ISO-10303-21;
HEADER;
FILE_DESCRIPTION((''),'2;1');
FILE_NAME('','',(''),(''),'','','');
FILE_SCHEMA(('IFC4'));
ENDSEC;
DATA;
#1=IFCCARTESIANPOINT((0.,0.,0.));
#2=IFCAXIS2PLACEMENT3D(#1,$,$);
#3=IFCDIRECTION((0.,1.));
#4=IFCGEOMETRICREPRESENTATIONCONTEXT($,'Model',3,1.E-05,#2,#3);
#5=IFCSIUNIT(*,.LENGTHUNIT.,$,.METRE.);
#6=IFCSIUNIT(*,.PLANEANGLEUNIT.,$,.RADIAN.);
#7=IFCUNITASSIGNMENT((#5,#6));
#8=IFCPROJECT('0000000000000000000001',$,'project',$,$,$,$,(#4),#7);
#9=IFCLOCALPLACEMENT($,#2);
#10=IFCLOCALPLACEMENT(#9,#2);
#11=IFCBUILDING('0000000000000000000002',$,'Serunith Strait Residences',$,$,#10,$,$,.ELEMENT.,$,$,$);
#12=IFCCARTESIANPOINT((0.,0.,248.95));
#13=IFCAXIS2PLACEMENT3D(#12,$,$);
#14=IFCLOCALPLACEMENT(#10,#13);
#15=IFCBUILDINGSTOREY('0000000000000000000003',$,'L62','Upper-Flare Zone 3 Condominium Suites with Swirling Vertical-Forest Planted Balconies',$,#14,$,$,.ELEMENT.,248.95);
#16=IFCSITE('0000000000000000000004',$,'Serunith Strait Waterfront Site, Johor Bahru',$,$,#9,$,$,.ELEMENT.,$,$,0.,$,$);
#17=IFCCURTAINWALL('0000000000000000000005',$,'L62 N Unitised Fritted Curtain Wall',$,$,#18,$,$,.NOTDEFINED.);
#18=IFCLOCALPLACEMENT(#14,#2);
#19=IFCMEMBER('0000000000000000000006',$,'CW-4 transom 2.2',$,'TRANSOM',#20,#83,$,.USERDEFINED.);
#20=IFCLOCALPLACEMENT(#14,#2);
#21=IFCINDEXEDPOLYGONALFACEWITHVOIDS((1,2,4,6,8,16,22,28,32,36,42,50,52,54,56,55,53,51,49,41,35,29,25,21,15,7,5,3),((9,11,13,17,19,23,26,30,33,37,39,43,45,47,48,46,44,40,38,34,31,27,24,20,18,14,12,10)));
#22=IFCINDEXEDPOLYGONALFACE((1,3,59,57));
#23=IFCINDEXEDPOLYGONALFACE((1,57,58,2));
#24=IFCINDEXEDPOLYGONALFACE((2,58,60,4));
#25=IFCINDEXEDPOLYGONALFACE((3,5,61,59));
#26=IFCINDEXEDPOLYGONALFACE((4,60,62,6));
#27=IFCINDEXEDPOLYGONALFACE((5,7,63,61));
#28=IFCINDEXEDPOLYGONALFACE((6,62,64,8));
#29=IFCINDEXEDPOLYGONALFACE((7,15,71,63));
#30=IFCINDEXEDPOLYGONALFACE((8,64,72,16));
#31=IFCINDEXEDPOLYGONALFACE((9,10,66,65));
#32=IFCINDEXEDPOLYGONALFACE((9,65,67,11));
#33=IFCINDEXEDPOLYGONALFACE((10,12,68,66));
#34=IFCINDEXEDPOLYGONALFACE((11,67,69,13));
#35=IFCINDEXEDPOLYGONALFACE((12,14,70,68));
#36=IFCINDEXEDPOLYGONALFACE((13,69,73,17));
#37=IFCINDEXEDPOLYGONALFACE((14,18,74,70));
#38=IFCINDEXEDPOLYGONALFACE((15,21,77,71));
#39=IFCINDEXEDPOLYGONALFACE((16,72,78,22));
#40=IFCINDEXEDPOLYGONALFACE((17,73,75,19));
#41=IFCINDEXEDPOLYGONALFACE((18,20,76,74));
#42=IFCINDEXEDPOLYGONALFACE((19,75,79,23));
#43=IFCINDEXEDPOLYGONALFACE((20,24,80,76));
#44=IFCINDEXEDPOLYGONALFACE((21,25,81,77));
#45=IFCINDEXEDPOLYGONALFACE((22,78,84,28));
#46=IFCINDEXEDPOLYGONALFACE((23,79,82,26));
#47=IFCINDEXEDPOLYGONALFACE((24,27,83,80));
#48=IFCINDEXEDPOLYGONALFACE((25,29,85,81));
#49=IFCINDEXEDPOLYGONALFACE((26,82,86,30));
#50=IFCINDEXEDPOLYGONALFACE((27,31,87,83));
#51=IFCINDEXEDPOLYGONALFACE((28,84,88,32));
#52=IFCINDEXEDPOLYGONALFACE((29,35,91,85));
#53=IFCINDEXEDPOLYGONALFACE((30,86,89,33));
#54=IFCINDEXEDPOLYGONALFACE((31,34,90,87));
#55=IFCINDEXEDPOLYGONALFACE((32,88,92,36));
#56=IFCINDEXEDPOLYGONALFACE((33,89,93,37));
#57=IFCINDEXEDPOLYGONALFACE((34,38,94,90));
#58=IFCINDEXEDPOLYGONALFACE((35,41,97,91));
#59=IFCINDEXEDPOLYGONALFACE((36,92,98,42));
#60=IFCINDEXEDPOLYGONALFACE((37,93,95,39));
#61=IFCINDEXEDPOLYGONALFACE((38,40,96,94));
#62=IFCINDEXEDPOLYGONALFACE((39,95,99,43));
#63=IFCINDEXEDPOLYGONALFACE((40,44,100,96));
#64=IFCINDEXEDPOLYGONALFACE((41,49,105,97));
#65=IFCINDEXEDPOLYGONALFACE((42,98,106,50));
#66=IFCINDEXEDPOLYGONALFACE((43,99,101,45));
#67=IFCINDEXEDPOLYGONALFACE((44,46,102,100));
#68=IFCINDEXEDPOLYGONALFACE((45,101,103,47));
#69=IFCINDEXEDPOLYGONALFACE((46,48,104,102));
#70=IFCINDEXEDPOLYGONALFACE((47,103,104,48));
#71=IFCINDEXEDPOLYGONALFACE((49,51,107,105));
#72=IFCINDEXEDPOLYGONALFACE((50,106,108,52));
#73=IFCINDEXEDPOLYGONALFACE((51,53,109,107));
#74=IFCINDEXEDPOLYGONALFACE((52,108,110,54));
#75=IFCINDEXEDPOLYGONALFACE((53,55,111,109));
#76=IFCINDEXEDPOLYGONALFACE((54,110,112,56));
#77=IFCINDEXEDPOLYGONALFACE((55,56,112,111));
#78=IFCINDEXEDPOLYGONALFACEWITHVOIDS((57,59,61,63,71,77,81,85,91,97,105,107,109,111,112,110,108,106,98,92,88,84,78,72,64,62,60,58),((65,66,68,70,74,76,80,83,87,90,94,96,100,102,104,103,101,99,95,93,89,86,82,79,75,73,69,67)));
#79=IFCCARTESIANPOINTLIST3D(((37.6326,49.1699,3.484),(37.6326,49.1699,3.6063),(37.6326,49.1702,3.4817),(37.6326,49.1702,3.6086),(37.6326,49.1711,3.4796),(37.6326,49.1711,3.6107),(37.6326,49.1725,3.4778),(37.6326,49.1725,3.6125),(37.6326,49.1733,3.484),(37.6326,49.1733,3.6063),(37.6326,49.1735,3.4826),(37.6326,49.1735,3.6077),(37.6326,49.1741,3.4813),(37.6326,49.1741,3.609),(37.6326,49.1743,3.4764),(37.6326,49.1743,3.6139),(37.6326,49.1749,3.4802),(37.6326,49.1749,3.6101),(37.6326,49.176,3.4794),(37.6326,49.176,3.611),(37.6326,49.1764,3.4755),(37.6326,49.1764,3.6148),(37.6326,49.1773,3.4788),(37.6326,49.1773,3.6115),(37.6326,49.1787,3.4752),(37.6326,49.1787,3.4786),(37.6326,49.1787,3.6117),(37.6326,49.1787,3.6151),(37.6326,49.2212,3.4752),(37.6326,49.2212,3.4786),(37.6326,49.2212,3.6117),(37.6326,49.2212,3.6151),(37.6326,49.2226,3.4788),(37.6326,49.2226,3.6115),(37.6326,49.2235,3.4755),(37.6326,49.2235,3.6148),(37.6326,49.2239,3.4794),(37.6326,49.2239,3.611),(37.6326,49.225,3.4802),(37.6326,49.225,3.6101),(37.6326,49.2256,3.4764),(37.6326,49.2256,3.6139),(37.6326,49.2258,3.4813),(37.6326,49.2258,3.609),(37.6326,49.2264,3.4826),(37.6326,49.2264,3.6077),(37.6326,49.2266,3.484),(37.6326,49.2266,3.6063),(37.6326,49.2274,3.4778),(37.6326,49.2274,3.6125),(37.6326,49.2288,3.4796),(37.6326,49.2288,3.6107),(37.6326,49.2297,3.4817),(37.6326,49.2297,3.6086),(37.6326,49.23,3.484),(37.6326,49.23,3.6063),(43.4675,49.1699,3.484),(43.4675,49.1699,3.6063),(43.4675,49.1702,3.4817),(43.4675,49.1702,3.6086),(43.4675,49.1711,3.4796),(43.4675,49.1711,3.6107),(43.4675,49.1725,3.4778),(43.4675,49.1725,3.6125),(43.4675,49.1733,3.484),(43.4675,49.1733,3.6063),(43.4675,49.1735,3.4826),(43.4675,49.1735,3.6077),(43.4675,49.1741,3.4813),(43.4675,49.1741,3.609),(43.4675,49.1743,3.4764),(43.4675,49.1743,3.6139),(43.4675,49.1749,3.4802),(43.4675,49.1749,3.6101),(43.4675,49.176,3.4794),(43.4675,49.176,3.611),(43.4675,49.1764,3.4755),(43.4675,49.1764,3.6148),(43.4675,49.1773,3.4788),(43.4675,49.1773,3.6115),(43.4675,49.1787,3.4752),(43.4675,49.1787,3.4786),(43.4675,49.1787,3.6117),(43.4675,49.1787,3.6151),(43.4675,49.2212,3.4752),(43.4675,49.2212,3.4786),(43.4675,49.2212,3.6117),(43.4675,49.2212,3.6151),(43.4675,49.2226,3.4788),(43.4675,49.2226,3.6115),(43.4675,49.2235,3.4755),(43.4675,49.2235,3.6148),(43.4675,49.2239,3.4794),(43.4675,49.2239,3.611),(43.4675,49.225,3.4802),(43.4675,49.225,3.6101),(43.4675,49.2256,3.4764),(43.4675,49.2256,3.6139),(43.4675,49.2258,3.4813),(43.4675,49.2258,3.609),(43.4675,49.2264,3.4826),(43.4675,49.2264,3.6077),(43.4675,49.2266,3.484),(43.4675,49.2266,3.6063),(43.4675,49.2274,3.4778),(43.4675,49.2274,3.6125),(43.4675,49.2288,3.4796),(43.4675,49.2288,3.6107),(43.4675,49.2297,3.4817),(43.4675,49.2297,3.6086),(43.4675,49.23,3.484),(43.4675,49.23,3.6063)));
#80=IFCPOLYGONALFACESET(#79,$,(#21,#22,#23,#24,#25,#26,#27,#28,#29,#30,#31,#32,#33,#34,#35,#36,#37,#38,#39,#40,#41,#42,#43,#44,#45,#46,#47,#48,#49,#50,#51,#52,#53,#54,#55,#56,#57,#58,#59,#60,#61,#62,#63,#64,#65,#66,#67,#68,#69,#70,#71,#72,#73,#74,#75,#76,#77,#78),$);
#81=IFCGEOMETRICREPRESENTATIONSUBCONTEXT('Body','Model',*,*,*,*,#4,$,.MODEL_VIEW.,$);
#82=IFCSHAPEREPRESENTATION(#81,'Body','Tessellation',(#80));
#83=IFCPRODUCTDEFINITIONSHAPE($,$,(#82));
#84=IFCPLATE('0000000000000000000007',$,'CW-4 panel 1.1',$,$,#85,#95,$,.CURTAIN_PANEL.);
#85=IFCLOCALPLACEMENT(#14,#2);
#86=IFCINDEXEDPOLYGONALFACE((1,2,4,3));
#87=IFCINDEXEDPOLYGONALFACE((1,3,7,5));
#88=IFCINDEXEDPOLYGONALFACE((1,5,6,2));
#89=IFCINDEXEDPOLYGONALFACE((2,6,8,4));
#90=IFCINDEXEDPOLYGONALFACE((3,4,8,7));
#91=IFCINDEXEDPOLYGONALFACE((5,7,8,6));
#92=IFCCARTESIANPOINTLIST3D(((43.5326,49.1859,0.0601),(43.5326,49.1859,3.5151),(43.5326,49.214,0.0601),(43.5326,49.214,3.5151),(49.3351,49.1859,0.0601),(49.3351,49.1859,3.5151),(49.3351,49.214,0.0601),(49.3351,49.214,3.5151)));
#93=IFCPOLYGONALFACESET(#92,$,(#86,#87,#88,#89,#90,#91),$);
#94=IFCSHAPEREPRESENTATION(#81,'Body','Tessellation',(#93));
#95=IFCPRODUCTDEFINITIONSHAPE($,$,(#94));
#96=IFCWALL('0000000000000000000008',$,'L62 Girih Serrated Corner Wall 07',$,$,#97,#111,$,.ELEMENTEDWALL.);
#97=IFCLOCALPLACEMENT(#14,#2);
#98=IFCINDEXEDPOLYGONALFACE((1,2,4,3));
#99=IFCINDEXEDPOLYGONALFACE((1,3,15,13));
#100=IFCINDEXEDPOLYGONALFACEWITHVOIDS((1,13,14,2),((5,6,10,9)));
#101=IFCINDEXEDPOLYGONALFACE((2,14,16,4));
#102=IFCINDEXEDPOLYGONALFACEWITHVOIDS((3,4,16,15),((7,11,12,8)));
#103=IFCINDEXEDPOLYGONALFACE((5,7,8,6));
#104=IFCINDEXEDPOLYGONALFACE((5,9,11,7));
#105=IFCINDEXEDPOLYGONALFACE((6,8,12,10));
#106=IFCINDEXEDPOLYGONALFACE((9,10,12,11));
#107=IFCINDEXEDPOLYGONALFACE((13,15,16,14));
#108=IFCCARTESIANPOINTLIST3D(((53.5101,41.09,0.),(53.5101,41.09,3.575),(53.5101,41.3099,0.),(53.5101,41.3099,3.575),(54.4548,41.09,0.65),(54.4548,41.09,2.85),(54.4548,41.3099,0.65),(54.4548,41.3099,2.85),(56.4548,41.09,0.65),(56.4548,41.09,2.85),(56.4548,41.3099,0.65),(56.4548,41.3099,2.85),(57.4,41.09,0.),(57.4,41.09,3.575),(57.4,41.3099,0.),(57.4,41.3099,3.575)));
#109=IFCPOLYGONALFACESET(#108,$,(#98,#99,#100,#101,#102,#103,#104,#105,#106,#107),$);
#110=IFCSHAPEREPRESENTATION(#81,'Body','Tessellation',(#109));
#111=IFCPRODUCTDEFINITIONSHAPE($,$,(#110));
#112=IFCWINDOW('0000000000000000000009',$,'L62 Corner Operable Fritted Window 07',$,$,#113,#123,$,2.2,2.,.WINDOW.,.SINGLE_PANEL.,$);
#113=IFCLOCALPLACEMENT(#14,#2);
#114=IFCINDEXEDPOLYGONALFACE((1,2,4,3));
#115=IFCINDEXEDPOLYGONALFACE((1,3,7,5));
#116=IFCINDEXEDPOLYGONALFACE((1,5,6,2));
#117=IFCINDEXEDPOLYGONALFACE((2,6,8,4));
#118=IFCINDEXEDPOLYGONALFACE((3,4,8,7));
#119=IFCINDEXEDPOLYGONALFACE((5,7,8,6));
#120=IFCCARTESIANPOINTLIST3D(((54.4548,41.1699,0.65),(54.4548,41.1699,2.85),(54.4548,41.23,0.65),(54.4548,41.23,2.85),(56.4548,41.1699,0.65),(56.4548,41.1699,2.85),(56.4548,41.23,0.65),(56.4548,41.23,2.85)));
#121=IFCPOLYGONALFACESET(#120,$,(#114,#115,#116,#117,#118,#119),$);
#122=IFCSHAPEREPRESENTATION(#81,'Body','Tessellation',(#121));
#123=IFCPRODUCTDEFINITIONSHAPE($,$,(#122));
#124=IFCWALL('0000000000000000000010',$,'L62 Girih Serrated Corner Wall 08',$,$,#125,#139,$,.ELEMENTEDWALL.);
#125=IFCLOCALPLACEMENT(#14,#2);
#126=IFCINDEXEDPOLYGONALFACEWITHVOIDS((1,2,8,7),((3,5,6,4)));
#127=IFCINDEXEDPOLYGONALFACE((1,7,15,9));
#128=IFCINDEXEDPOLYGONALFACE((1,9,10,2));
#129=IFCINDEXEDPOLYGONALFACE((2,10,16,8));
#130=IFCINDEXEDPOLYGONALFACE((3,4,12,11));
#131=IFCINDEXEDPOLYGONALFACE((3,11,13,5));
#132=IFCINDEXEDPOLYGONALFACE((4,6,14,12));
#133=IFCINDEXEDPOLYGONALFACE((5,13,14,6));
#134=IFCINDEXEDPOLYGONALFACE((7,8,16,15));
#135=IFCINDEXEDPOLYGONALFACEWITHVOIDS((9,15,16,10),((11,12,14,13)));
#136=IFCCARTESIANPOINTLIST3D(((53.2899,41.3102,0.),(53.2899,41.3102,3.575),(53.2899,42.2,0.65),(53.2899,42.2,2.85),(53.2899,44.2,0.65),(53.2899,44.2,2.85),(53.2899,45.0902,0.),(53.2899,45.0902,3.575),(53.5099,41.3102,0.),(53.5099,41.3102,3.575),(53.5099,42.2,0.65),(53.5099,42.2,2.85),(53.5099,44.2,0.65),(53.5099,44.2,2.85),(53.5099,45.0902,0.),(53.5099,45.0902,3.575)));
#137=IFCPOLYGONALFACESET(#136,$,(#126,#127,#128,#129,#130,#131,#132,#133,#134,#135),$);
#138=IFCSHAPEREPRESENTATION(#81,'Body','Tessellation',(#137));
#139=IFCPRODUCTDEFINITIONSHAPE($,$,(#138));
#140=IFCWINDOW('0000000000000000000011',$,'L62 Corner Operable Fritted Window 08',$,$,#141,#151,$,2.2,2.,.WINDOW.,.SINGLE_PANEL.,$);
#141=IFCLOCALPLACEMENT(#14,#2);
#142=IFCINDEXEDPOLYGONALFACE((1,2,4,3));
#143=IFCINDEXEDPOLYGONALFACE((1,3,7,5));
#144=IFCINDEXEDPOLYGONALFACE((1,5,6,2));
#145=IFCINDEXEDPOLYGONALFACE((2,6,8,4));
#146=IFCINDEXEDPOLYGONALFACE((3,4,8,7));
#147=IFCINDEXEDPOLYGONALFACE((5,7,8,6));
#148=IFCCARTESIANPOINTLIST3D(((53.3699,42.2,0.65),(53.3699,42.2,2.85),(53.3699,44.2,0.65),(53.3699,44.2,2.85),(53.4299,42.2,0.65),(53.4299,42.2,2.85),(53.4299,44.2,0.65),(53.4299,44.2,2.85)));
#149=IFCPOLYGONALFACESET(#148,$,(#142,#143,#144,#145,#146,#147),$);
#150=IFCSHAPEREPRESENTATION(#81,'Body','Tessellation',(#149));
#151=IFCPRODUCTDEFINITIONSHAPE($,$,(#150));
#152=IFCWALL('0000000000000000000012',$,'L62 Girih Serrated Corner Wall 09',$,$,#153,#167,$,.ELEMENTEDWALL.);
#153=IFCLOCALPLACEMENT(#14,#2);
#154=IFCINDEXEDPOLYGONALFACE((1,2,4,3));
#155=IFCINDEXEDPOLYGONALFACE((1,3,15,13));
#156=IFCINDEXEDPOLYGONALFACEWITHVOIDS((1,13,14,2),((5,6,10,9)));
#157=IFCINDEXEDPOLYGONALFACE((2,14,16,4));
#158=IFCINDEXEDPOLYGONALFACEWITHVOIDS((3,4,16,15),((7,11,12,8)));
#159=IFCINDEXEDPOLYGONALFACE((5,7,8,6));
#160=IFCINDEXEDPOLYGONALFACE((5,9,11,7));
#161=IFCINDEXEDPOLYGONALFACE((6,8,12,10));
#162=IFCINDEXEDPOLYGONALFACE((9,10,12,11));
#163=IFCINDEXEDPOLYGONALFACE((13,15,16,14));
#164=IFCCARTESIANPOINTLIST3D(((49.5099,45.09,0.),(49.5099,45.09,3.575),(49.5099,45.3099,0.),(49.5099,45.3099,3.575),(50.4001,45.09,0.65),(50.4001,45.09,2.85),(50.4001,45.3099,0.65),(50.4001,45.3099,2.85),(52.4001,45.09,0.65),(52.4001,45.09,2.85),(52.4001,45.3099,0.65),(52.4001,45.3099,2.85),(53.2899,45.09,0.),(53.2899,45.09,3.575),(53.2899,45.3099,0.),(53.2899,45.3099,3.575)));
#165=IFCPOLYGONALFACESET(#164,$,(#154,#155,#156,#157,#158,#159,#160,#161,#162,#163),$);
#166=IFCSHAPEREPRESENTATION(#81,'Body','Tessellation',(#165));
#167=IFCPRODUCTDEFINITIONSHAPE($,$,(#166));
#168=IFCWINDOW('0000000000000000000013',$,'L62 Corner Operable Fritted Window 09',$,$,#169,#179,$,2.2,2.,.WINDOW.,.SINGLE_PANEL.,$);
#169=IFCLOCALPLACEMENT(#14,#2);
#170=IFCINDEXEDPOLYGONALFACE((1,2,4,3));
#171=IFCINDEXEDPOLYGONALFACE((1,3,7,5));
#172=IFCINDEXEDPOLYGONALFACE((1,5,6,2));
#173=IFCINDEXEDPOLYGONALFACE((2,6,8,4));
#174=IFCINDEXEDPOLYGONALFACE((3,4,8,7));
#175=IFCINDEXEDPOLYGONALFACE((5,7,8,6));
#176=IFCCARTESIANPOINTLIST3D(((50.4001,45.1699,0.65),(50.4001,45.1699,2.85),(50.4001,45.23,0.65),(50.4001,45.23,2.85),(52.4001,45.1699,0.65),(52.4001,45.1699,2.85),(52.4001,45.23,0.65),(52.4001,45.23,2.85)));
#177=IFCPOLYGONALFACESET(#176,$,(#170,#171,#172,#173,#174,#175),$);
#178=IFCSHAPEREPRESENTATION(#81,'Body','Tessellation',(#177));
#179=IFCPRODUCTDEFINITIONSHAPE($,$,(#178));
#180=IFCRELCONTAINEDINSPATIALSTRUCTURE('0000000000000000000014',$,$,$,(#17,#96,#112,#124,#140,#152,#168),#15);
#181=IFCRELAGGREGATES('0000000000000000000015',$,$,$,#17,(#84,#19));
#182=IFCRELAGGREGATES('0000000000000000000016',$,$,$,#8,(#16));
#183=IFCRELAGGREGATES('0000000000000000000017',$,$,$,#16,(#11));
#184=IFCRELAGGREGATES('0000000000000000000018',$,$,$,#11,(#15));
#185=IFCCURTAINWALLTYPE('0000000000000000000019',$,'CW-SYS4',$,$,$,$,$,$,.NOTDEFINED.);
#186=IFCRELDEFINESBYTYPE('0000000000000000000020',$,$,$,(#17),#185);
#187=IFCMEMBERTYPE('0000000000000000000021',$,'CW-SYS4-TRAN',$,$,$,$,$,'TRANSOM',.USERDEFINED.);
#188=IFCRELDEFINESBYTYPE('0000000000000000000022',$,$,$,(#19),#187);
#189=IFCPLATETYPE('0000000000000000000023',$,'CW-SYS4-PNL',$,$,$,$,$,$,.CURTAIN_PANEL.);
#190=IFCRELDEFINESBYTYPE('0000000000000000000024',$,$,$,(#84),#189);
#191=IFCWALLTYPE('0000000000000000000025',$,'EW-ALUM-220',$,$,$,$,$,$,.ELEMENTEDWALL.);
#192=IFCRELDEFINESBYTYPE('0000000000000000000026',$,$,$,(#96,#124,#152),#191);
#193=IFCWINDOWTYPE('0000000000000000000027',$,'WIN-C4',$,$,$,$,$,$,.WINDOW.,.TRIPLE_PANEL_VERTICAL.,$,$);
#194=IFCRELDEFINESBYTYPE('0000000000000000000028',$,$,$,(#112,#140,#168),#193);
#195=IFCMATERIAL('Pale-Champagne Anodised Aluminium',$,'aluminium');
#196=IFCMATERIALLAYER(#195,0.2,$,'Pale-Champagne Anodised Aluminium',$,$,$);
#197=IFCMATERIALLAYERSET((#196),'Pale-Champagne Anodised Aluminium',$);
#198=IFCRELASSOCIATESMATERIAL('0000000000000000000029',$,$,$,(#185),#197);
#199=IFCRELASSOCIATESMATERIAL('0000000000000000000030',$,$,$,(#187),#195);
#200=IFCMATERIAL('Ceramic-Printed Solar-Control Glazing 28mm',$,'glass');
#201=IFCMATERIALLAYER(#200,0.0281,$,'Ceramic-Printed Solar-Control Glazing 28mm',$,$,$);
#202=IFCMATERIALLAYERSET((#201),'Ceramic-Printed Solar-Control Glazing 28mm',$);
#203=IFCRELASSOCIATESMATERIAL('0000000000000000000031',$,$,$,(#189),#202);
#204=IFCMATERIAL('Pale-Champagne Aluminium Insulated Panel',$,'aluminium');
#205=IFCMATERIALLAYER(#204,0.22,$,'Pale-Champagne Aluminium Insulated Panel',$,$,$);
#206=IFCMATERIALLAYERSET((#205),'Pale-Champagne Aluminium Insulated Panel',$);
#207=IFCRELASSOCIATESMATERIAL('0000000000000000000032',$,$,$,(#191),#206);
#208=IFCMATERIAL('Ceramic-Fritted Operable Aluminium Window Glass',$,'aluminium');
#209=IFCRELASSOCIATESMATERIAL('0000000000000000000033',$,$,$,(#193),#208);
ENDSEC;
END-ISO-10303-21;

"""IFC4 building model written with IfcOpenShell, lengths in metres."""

from ifc_helpers import new_model, si_unit, direction, frame, frame_2d, origin, origin_2d, place, context, subcontext, project, spatial, rectangle, hollow_rectangle, extrude, source, transform, mapped, material, layer, layer_set, material_profile, profile_set, type_object, element, fill, aggregate, save


model = new_model("IFC4")

# Units and contexts
model_context = context("Model", 3, precision=1e-05, world=origin(), true_north=direction((0.0, 1.0)))
body_context = subcontext(model_context, "Body", "Model", "MODEL_VIEW")
ifc_project = project(units=[si_unit("LENGTHUNIT", "METRE"), si_unit("PLANEANGLEUNIT", "RADIAN")], contexts=[model_context])

# Site, building, storey
site_placement = place(None, origin())
site = spatial("IfcSite", under=ifc_project, at=site_placement, Name="Serunith Strait Waterfront Site, Johor Bahru", CompositionType="ELEMENT", RefElevation=0.0)
building_placement = place(site_placement, origin())
building = spatial("IfcBuilding", under=site, at=building_placement, Name="Serunith Strait Residences", CompositionType="ELEMENT")
storey_placement = place(building_placement, frame((0.0, 0.0, 248.95)))
storey = spatial("IfcBuildingStorey", under=building, at=storey_placement, Name="L62", Description="Upper-Flare Zone 3 Condominium Suites with Swirling Vertical-Forest Planted Balconies", CompositionType="ELEMENT", Elevation=248.95)

# Shared definitions
ifc_material_1 = material(Name="Pale-Champagne Anodised Aluminium", Category="aluminium")
ifc_layer_1 = layer(ifc_material_1, 0.2, Name="Pale-Champagne Anodised Aluminium")
ifc_layer_set_1 = layer_set([ifc_layer_1], Name="Pale-Champagne Anodised Aluminium")
curtain_wall_type = type_object("IfcCurtainWallType", Name="CW-SYS4", PredefinedType="NOTDEFINED", material=ifc_layer_set_1)

# Curtain wall, member, plate
curtain_wall_1_placement = place(storey_placement, origin())
curtain_wall_1 = element("IfcCurtainWall", 1, at=curtain_wall_1_placement, inside=storey, type_object=curtain_wall_type, Name="L62 N Unitised Fritted Curtain Wall", PredefinedType="NOTDEFINED")
ifc_material_profile_1 = material_profile(ifc_material_1, hollow_rectangle(XDim=0.0601, YDim=0.1399, WallThickness=0.0034, InnerFilletRadius=0.0054, OuterFilletRadius=0.0088, at=origin_2d()), Name="ALU 140x60x3.5")
ifc_profile_set_1 = profile_set([ifc_material_profile_1], Name="Pale-Champagne Anodised Aluminium")
member_type_1 = type_object("IfcMemberType", Name="CW-SYS4-TRAN", ElementType="TRANSOM", PredefinedType="USERDEFINED", material=ifc_profile_set_1)
shared_shape_1 = source(origin(), body_context, "Body", "SweptSolid", [
    extrude(hollow_rectangle(XDim=0.0601, YDim=0.1399, WallThickness=0.0034, InnerFilletRadius=0.0054, OuterFilletRadius=0.0088, at=origin_2d()), origin(), (0.0, 0.0, 1.0), 5.835),
])
member_1_placement = place(storey_placement, frame((43.4675, 49.2, 3.5452), z_axis=(-1.0, 0.0, 0.0), x_axis=(0.0, -1.0, 0.0)))
member_1 = element("IfcMember", 2, at=member_1_placement, type_object=member_type_1, Name="CW-4 transom 2.2", ObjectType="TRANSOM", PredefinedType="USERDEFINED", context=body_context, shape_type="MappedRepresentation", body=[
    mapped(shared_shape_1, transform((0.0, 0.0, 0.0), scale=1.0)),
])
ifc_material_2 = material(Name="Ceramic-Printed Solar-Control Glazing 28mm", Category="glass")
ifc_layer_2 = layer(ifc_material_2, 0.0281, Name="Ceramic-Printed Solar-Control Glazing 28mm")
ifc_layer_set_2 = layer_set([ifc_layer_2], Name="Ceramic-Printed Solar-Control Glazing 28mm")
plate_type = type_object("IfcPlateType", Name="CW-SYS4-PNL", PredefinedType="CURTAIN_PANEL", material=ifc_layer_set_2)
shared_shape_2 = source(origin(), body_context, "Body", "SweptSolid", [
    extrude(rectangle(XDim=5.8025, YDim=0.0281, at=origin_2d()), origin(), (0.0, 0.0, 1.0), 3.4551),
])
plate_placement = place(storey_placement, frame((46.4338, 49.2, 0.0601), z_axis=(0.0, 0.0, 1.0), x_axis=(-1.0, 0.0, 0.0)))
plate = element("IfcPlate", 3, at=plate_placement, type_object=plate_type, Name="CW-4 panel 1.1", PredefinedType="CURTAIN_PANEL", context=body_context, shape_type="MappedRepresentation", body=[
    mapped(shared_shape_2, transform((0.0, 0.0, 0.0), scale=1.0)),
])
aggregate(curtain_wall_1, [plate, member_1])

# Walls, openings, windows
ifc_material_3 = material(Name="Pale-Champagne Aluminium Insulated Panel", Category="aluminium")
ifc_layer_3 = layer(ifc_material_3, 0.22, Name="Pale-Champagne Aluminium Insulated Panel")
ifc_layer_set_3 = layer_set([ifc_layer_3], Name="Pale-Champagne Aluminium Insulated Panel")
wall_type_1 = type_object("IfcWallType", Name="EW-ALUM-220", PredefinedType="ELEMENTEDWALL", material=ifc_layer_set_3)
wall_1_placement = place(storey_placement, frame((57.3999, 41.2, 0.0), z_axis=(0.0, 0.0, 1.0), x_axis=(-1.0, 0.0, 0.0)))
wall_1 = element("IfcWall", 4, at=wall_1_placement, inside=storey, type_object=wall_type_1, Name="L62 Girih Serrated Corner Wall 07", PredefinedType="ELEMENTEDWALL", context=body_context, shape_type="SweptSolid", body=[
    extrude(rectangle(XDim=3.8899, YDim=0.22, at=frame_2d((1.9448, 0.0))), origin(), (0.0, 0.0, 1.0), 3.575),
])
opening_1_placement = place(wall_1_placement, frame((0.9451, 0.0, 0.6499)))
opening_1 = element("IfcOpeningElement", 5, at=opening_1_placement, cuts=wall_1, PredefinedType="OPENING", context=body_context, shape_type="SweptSolid", body=[
    extrude(rectangle(XDim=2.0, YDim=2.2, at=frame_2d((1.0, 1.1001))), frame((0.0, 0.1201, 0.0), z_axis=(0.0, -1.0, 0.0), x_axis=(1.0, 0.0, 0.0)), (0.0, 0.0, 1.0), 0.24),
])
ifc_material_4 = material(Name="Ceramic-Fritted Operable Aluminium Window Glass", Category="aluminium")
window_type = type_object("IfcWindowType", Name="WIN-C4", PartitioningType="TRIPLE_PANEL_VERTICAL", PredefinedType="WINDOW", material=ifc_material_4)
shared_shape_3 = source(origin(), body_context, "Body", "SweptSolid", [
    extrude(rectangle(XDim=2.0, YDim=2.2, at=frame_2d((1.0, 1.1001))), frame((0.0, 0.03, 0.0), z_axis=(0.0, -1.0, 0.0), x_axis=(1.0, 0.0, 0.0)), (0.0, 0.0, 1.0), 0.0601),
])
window_1_placement = place(opening_1_placement, origin())
window_1 = element("IfcWindow", 6, at=window_1_placement, inside=storey, type_object=window_type, Name="L62 Corner Operable Fritted Window 07", OverallHeight=2.2, OverallWidth=2.0, PartitioningType="SINGLE_PANEL", PredefinedType="WINDOW", context=body_context, shape_type="MappedRepresentation", body=[
    mapped(shared_shape_3, transform((0.0, 0.0, 0.0), scale=1.0)),
])
fill(opening_1, window_1)
wall_2_placement = place(storey_placement, frame((53.3999, 41.3101, 0.0), z_axis=(0.0, 0.0, 1.0), x_axis=(0.0, 1.0, 0.0)))
wall_2 = element("IfcWall", 7, at=wall_2_placement, inside=storey, type_object=wall_type_1, Name="L62 Girih Serrated Corner Wall 08", PredefinedType="ELEMENTEDWALL", context=body_context, shape_type="SweptSolid", body=[
    extrude(rectangle(XDim=3.78, YDim=0.22, at=frame_2d((1.8901, 0.0))), origin(), (0.0, 0.0, 1.0), 3.575),
])
opening_2_placement = place(wall_2_placement, frame((0.8899, 0.0, 0.6499)))
opening_2 = element("IfcOpeningElement", 8, at=opening_2_placement, cuts=wall_2, PredefinedType="OPENING", context=body_context, shape_type="SweptSolid", body=[
    extrude(rectangle(XDim=2.0, YDim=2.2, at=frame_2d((1.0, 1.1001))), frame((0.0, 0.1201, 0.0), z_axis=(0.0, -1.0, 0.0), x_axis=(1.0, 0.0, 0.0)), (0.0, 0.0, 1.0), 0.24),
])
window_2_placement = place(opening_2_placement, origin())
window_2 = element("IfcWindow", 9, at=window_2_placement, inside=storey, type_object=window_type, Name="L62 Corner Operable Fritted Window 08", OverallHeight=2.2, OverallWidth=2.0, PartitioningType="SINGLE_PANEL", PredefinedType="WINDOW", context=body_context, shape_type="MappedRepresentation", body=[
    mapped(shared_shape_3, transform((0.0, 0.0, 0.0), scale=1.0)),
])
fill(opening_2, window_2)
wall_3_placement = place(storey_placement, frame((53.29, 45.2, 0.0), z_axis=(0.0, 0.0, 1.0), x_axis=(-1.0, 0.0, 0.0)))
wall_3 = element("IfcWall", 10, at=wall_3_placement, inside=storey, type_object=wall_type_1, Name="L62 Girih Serrated Corner Wall 09", PredefinedType="ELEMENTEDWALL", context=body_context, shape_type="SweptSolid", body=[
    extrude(rectangle(XDim=3.78, YDim=0.22, at=frame_2d((1.8901, 0.0))), origin(), (0.0, 0.0, 1.0), 3.575),
])
opening_3_placement = place(wall_3_placement, frame((0.8899, 0.0, 0.6499)))
opening_3 = element("IfcOpeningElement", 11, at=opening_3_placement, cuts=wall_3, PredefinedType="OPENING", context=body_context, shape_type="SweptSolid", body=[
    extrude(rectangle(XDim=2.0, YDim=2.2, at=frame_2d((1.0, 1.1001))), frame((0.0, 0.1201, 0.0), z_axis=(0.0, -1.0, 0.0), x_axis=(1.0, 0.0, 0.0)), (0.0, 0.0, 1.0), 0.24),
])
window_3_placement = place(opening_3_placement, origin())
window_3 = element("IfcWindow", 12, at=window_3_placement, inside=storey, type_object=window_type, Name="L62 Corner Operable Fritted Window 09", OverallHeight=2.2, OverallWidth=2.0, PartitioningType="SINGLE_PANEL", PredefinedType="WINDOW", context=body_context, shape_type="MappedRepresentation", body=[
    mapped(shared_shape_3, transform((0.0, 0.0, 0.0), scale=1.0)),
])
fill(opening_3, window_3)

save(model, "model.ifc")
